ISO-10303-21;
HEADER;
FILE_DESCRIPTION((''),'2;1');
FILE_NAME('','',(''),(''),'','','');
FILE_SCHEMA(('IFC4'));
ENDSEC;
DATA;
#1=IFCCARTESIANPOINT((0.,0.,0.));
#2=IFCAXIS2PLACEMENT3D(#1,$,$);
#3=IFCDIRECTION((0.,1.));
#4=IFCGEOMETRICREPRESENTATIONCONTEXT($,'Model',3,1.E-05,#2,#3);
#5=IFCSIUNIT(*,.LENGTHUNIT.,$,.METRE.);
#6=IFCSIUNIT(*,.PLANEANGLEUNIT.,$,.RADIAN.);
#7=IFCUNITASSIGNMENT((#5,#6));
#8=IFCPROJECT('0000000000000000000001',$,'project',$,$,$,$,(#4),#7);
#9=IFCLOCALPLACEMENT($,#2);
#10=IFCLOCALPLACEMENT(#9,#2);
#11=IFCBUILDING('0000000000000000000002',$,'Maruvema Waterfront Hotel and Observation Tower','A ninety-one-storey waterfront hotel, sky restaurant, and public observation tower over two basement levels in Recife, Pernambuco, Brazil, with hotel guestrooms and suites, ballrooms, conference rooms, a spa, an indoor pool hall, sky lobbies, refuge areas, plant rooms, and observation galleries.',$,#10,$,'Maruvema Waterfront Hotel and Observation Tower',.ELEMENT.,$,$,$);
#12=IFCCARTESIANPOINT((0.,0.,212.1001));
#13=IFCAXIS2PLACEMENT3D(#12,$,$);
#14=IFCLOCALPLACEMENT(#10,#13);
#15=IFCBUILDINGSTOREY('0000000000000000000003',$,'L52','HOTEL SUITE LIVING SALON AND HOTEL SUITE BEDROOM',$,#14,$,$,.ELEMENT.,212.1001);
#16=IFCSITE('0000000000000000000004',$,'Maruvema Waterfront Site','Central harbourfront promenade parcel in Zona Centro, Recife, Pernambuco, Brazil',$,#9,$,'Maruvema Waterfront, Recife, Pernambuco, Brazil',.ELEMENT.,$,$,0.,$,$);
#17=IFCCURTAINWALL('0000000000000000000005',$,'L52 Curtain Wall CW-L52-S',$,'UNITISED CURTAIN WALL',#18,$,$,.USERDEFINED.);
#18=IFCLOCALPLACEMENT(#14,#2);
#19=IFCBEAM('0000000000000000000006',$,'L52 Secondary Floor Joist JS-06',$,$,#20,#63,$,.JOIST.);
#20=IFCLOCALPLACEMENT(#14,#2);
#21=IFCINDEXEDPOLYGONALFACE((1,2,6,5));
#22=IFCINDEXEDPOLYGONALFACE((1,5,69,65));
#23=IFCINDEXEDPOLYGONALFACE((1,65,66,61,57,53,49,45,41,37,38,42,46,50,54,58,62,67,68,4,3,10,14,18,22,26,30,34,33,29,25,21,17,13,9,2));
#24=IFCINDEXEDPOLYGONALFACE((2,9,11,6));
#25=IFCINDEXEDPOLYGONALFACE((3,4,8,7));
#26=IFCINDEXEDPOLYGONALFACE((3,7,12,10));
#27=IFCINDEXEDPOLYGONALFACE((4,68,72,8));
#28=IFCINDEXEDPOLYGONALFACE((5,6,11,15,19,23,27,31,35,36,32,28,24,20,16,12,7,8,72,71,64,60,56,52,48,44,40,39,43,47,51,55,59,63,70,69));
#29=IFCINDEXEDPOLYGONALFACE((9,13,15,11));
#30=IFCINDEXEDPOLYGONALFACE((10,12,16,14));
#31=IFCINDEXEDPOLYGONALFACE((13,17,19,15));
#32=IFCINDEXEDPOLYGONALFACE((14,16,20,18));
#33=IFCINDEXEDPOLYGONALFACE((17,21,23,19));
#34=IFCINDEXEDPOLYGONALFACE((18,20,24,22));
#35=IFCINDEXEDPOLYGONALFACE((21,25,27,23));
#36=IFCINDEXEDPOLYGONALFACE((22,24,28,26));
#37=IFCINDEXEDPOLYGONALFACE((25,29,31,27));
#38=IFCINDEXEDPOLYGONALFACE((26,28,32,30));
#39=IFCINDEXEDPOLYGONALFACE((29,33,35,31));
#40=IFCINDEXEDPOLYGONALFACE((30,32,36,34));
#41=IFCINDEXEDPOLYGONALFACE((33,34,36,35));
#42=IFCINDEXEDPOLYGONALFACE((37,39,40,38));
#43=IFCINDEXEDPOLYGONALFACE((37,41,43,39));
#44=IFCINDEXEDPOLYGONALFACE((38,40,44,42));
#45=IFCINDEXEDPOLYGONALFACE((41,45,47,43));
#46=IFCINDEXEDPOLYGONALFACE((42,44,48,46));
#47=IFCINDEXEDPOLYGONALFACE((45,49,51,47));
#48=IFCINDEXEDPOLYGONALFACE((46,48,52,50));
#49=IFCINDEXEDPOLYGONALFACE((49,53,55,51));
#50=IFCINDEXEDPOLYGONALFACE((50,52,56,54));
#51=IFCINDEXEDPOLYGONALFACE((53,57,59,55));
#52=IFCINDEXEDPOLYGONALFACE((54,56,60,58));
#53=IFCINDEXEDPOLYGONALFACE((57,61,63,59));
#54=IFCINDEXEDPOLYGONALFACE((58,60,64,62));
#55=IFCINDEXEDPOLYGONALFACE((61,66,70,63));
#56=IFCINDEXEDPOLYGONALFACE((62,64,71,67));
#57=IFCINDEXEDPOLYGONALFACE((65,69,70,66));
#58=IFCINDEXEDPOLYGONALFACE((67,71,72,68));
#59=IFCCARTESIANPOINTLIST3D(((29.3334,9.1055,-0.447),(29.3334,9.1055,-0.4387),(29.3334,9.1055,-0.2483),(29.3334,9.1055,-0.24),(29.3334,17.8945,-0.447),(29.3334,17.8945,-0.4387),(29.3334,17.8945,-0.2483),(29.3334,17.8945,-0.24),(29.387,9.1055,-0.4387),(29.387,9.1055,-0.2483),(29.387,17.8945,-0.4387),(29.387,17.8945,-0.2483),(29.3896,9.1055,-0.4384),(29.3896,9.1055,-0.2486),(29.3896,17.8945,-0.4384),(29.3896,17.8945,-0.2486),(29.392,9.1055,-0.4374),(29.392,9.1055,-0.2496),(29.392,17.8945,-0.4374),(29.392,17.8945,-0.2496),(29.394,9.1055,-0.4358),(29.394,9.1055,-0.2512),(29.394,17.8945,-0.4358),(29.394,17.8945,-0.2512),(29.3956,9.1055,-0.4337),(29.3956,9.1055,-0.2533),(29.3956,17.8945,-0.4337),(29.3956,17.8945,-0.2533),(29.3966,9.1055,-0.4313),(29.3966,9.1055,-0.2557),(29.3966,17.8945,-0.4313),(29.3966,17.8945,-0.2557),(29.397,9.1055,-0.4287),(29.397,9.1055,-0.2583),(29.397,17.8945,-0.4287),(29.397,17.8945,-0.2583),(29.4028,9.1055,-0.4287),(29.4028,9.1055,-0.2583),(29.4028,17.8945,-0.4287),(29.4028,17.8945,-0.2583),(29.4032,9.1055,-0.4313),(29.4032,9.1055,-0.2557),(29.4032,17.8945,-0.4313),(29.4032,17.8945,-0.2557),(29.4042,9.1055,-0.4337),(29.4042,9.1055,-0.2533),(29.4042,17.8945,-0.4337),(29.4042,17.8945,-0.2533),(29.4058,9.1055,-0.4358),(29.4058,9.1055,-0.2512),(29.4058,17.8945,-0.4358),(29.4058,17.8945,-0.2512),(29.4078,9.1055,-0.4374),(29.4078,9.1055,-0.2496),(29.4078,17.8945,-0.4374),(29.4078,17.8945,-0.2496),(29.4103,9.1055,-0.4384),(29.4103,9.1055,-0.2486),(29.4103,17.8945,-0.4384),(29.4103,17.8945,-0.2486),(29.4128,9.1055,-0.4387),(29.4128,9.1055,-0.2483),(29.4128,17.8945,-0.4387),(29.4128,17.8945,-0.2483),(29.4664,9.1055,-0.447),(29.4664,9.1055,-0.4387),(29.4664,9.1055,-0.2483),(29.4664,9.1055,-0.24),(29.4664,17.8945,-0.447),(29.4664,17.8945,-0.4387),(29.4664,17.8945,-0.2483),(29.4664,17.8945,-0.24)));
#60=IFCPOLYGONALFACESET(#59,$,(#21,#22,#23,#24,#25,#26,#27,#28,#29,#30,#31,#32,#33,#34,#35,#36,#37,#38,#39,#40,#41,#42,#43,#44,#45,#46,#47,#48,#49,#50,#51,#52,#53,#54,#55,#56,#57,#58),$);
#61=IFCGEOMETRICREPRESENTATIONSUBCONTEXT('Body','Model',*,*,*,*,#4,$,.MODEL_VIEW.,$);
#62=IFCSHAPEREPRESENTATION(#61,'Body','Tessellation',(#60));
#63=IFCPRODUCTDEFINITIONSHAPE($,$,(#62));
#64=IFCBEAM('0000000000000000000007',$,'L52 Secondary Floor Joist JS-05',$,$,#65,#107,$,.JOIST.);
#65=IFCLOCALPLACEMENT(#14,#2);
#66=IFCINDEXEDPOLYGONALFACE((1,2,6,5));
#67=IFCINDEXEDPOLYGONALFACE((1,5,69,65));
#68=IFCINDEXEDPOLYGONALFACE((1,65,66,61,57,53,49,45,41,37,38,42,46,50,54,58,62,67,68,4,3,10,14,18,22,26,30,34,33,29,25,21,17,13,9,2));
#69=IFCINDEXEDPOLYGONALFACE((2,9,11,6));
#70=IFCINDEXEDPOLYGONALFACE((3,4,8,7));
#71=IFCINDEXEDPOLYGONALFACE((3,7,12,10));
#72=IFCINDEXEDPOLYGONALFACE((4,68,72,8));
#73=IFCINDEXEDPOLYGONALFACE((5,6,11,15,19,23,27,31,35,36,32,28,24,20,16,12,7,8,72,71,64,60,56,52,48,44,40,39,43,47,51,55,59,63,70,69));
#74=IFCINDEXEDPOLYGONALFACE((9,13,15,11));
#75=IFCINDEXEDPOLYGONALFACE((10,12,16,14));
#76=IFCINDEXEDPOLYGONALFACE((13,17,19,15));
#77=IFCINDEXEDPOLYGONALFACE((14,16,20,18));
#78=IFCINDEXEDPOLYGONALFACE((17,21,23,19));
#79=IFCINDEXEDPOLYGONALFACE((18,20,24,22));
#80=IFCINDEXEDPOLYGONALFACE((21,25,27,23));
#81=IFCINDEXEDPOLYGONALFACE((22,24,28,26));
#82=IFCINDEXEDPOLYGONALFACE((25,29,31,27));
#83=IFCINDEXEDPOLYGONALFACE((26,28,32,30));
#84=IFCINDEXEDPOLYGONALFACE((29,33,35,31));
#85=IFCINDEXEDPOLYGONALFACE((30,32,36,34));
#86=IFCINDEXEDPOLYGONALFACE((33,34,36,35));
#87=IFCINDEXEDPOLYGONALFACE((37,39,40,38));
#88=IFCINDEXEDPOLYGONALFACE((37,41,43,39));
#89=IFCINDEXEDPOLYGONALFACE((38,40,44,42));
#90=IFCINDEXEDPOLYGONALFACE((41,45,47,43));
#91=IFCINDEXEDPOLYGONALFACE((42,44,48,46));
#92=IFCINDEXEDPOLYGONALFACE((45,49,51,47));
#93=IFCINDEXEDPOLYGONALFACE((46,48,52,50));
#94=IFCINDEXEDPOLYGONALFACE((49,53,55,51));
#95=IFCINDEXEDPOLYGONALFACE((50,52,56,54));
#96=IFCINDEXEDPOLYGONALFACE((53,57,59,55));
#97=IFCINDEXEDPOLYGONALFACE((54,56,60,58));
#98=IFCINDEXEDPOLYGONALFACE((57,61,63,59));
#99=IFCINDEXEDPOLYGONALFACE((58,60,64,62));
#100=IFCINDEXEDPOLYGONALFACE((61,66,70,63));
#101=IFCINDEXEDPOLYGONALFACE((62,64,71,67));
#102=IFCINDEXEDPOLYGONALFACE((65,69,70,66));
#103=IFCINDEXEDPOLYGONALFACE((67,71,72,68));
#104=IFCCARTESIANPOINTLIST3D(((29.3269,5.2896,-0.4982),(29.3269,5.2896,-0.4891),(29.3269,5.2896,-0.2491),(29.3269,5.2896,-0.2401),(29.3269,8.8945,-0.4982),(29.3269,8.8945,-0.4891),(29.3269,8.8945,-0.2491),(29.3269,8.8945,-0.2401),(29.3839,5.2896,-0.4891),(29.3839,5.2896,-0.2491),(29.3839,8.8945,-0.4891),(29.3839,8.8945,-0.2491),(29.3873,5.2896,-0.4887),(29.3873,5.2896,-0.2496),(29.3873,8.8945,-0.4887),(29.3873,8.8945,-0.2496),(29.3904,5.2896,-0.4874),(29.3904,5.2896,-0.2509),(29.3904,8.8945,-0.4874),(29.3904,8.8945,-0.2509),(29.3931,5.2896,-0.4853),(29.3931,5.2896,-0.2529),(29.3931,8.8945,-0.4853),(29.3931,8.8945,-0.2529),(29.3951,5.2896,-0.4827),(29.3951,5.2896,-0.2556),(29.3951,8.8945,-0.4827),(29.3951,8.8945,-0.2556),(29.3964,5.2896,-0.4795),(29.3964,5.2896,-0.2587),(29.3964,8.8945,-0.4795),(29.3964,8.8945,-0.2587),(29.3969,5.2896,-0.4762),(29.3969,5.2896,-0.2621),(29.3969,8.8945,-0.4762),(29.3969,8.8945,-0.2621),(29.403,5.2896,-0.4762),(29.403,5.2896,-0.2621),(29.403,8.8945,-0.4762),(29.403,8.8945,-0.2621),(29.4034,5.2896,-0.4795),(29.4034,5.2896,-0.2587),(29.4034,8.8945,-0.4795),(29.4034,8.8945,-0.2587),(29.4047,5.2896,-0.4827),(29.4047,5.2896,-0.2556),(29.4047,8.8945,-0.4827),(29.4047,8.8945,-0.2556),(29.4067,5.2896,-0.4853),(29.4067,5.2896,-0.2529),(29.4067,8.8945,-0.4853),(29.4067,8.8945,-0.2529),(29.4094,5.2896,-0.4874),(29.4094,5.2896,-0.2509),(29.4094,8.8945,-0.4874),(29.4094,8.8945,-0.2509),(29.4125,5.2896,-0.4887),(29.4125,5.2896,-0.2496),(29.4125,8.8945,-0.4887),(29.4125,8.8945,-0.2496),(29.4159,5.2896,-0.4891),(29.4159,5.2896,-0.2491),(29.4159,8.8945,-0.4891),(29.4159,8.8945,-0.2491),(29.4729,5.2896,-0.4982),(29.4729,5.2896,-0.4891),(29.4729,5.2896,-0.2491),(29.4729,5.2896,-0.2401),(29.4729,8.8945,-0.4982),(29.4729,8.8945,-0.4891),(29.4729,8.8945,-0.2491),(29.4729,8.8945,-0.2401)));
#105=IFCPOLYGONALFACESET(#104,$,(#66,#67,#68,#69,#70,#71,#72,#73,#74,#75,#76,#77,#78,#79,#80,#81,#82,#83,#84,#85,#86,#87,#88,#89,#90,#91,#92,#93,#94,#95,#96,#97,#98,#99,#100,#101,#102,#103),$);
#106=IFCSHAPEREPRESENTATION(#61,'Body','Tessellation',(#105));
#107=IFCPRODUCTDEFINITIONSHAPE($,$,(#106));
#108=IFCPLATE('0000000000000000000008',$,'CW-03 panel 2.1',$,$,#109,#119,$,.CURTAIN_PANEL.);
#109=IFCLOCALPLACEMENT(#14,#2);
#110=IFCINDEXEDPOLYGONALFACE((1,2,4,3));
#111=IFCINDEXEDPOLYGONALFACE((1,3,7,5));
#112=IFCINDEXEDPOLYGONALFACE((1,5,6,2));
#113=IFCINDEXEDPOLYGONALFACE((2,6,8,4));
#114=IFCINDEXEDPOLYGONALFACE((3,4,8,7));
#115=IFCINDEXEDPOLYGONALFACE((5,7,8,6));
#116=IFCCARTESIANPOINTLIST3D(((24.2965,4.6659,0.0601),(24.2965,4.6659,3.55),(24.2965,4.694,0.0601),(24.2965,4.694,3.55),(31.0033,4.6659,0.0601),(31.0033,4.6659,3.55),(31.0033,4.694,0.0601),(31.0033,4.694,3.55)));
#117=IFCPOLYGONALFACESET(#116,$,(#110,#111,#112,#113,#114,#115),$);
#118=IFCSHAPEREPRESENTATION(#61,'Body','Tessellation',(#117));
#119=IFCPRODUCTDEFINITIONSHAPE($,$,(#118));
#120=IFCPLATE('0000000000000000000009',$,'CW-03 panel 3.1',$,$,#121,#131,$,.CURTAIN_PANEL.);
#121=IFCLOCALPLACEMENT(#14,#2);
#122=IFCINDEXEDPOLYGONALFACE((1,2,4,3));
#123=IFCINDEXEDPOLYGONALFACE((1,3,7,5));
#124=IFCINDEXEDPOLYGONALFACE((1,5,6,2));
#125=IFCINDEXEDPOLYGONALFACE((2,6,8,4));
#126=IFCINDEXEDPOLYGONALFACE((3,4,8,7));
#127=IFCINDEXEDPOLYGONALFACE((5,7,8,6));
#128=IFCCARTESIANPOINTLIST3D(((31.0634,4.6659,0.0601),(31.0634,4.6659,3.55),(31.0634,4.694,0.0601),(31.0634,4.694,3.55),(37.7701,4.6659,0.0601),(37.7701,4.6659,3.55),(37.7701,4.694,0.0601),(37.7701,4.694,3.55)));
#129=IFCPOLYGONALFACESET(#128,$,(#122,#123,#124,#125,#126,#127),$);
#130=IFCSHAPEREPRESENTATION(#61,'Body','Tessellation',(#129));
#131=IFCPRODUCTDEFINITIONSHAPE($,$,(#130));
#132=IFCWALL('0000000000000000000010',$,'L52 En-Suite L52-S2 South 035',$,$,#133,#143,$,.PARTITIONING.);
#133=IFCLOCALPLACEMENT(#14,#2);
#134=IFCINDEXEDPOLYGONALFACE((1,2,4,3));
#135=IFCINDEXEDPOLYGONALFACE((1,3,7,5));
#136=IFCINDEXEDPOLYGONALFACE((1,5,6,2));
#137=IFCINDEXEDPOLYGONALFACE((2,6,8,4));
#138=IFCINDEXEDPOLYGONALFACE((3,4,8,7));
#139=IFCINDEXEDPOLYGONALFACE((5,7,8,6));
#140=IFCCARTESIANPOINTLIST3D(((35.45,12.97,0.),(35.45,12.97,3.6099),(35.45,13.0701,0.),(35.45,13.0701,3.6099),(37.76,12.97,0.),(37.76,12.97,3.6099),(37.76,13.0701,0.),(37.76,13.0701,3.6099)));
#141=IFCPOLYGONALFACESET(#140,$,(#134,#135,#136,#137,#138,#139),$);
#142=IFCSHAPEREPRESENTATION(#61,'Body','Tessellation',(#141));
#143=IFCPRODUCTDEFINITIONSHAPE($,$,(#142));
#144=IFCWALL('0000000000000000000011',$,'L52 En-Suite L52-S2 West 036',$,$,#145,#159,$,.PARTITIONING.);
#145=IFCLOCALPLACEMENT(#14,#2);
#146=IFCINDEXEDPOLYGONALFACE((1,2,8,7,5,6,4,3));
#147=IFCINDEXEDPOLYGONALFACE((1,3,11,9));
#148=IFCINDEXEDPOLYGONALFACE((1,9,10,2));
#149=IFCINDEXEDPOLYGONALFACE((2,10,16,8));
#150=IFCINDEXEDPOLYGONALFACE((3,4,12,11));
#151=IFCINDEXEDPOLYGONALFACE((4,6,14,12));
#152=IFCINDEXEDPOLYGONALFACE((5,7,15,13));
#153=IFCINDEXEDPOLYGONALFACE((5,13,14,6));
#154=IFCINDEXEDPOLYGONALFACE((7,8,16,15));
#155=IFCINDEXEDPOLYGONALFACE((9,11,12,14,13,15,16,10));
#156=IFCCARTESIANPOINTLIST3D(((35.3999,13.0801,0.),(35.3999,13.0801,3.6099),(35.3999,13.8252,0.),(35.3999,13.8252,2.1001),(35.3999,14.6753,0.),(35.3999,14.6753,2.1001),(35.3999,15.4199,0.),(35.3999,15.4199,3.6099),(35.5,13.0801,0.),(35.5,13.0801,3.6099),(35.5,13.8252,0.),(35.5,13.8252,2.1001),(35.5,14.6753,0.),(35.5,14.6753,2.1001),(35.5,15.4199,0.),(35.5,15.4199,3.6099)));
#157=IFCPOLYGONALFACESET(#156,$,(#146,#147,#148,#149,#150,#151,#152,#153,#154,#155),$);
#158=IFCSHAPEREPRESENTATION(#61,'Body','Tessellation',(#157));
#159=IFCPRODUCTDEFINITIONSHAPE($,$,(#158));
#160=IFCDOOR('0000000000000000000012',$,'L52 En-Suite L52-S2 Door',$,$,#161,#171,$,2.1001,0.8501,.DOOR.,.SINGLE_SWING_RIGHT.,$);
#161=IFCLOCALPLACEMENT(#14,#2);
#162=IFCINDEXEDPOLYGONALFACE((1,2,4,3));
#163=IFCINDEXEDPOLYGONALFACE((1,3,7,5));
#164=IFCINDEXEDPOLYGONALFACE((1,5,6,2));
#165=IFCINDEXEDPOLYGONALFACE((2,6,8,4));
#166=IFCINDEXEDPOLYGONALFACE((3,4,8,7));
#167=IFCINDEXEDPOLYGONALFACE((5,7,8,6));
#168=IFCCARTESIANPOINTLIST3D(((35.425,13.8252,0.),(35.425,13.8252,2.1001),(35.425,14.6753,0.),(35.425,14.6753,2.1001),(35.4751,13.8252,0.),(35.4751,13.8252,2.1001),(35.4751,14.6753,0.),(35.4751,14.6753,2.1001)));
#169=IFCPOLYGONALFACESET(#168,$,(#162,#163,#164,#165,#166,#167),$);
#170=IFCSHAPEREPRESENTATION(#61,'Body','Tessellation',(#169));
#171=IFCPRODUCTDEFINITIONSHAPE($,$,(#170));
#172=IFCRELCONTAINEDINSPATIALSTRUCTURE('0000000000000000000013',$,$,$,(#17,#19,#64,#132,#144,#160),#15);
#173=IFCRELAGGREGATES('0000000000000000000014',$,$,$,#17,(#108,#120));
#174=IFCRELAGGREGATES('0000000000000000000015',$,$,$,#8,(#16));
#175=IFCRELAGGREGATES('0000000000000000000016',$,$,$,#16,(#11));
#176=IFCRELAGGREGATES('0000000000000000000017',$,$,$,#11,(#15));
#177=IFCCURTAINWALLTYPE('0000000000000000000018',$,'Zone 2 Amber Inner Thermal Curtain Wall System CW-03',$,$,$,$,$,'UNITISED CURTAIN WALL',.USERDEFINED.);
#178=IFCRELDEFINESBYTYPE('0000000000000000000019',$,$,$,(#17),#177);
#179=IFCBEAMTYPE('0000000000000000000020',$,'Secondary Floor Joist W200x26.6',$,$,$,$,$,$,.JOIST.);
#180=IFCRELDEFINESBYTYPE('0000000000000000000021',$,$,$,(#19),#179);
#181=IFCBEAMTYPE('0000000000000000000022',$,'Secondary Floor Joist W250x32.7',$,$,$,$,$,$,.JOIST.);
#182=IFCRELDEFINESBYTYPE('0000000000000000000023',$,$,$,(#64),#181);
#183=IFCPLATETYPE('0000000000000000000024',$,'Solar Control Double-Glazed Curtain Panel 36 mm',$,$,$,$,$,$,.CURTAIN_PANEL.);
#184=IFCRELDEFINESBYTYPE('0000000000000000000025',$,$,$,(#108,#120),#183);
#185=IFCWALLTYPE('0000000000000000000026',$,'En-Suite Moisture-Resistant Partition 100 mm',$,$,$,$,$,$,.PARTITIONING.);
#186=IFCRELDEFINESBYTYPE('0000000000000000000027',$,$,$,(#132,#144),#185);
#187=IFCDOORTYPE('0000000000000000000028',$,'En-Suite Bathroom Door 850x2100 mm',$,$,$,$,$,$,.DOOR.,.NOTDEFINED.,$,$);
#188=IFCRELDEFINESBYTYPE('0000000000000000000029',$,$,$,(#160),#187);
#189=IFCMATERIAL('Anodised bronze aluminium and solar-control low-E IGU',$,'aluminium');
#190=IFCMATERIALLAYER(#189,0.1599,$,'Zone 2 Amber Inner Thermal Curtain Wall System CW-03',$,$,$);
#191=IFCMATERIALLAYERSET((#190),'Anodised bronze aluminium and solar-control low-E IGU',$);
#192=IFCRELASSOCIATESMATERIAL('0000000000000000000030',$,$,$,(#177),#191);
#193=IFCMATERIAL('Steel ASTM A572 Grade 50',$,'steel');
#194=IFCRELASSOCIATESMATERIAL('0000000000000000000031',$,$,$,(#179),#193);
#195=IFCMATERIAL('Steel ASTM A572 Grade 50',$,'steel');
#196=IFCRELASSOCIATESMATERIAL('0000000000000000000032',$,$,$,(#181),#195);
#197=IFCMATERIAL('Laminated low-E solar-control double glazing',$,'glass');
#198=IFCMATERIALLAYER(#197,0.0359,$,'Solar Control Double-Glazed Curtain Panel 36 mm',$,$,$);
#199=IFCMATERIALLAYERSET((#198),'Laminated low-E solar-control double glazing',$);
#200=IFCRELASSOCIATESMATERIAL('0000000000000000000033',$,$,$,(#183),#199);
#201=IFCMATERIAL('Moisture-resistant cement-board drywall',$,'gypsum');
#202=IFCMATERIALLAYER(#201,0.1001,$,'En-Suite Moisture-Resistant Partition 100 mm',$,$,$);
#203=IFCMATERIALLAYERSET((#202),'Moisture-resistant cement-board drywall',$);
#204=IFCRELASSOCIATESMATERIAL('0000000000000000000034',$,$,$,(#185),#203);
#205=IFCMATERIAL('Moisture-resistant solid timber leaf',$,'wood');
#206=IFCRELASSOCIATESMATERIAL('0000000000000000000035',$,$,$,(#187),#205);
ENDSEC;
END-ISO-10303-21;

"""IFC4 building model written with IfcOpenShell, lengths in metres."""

from ifc_helpers import new_model, si_unit, direction, frame, frame_2d, origin, origin_2d, place, context, subcontext, project, spatial, rectangle, i_section, extrude, material, layer, layer_set, material_profile, profile_set, type_object, element, fill, aggregate, save


model = new_model("IFC4")

# Units and contexts
model_context = context("Model", 3, precision=1e-05, world=origin(), true_north=direction((0.0, 1.0)))
body_context = subcontext(model_context, "Body", "Model", "MODEL_VIEW")
ifc_project = project(units=[si_unit("LENGTHUNIT", "METRE"), si_unit("PLANEANGLEUNIT", "RADIAN")], contexts=[model_context])

# Site, building, storey
site_placement = place(None, origin())
site = spatial("IfcSite", under=ifc_project, at=site_placement, Name="Maruvema Waterfront Site", Description="Central harbourfront promenade parcel in Zona Centro, Recife, Pernambuco, Brazil", LongName="Maruvema Waterfront, Recife, Pernambuco, Brazil", CompositionType="ELEMENT", RefElevation=0.0)
building_placement = place(site_placement, origin())
building = spatial("IfcBuilding", under=site, at=building_placement, Name="Maruvema Waterfront Hotel and Observation Tower", Description="A ninety-one-storey waterfront hotel, sky restaurant, and public observation tower over two basement levels in Recife, Pernambuco, Brazil, with hotel guestrooms and suites, ballrooms, conference rooms, a spa, an indoor pool hall, sky lobbies, refuge areas, plant rooms, and observation galleries.", LongName="Maruvema Waterfront Hotel and Observation Tower", CompositionType="ELEMENT")
storey_placement = place(building_placement, frame((0.0, 0.0, 212.1001)))
storey = spatial("IfcBuildingStorey", under=building, at=storey_placement, Name="L52", Description="HOTEL SUITE LIVING SALON AND HOTEL SUITE BEDROOM", CompositionType="ELEMENT", Elevation=212.1001)

# Curtain wall
ifc_material_1 = material(Name="Anodised bronze aluminium and solar-control low-E IGU", Category="aluminium")
ifc_layer_1 = layer(ifc_material_1, 0.1599, Name="Zone 2 Amber Inner Thermal Curtain Wall System CW-03")
ifc_layer_set_1 = layer_set([ifc_layer_1], Name="Anodised bronze aluminium and solar-control low-E IGU")
curtain_wall_type = type_object("IfcCurtainWallType", Name="Zone 2 Amber Inner Thermal Curtain Wall System CW-03", ElementType="UNITISED CURTAIN WALL", PredefinedType="USERDEFINED", material=ifc_layer_set_1)
curtain_wall_placement = place(storey_placement, origin())
curtain_wall = element("IfcCurtainWall", 1, at=curtain_wall_placement, inside=storey, type_object=curtain_wall_type, Name="L52 Curtain Wall CW-L52-S", ObjectType="UNITISED CURTAIN WALL", PredefinedType="USERDEFINED")

# Beams
ifc_material_2 = material(Name="Steel ASTM A572 Grade 50", Category="steel")
ifc_material_profile_1 = material_profile(ifc_material_2, i_section(OverallWidth=0.1331, OverallDepth=0.207, WebThickness=0.0059, FlangeThickness=0.0083, FilletRadius=0.01, at=origin_2d()), Name="W200x26.6")
ifc_profile_set_1 = profile_set([ifc_material_profile_1], Name="Steel ASTM A572 Grade 50")
beam_type_1 = type_object("IfcBeamType", Name="Secondary Floor Joist W200x26.6", PredefinedType="JOIST", material=ifc_profile_set_1)
beam_1_placement = place(storey_placement, frame((29.3999, 9.1055, -0.3435), z_axis=(0.0, 1.0, 0.0), x_axis=(-1.0, 0.0, 0.0)))
element("IfcBeam", 2, at=beam_1_placement, inside=storey, type_object=beam_type_1, Name="L52 Secondary Floor Joist JS-06", PredefinedType="JOIST", context=body_context, shape_type="SweptSolid", body=[
    extrude(i_section(OverallWidth=0.1331, OverallDepth=0.207, WebThickness=0.0059, FlangeThickness=0.0083, FilletRadius=0.01, at=origin_2d()), origin(), (0.0, 0.0, 1.0), 8.7891),
])
ifc_material_3 = material(Name="Steel ASTM A572 Grade 50", Category="steel")
ifc_material_profile_2 = material_profile(ifc_material_3, i_section(OverallWidth=0.146, OverallDepth=0.2581, WebThickness=0.0061, FlangeThickness=0.009, FilletRadius=0.0129, at=origin_2d()), Name="W250x32.7")
ifc_profile_set_2 = profile_set([ifc_material_profile_2], Name="Steel ASTM A572 Grade 50")
beam_type_2 = type_object("IfcBeamType", Name="Secondary Floor Joist W250x32.7", PredefinedType="JOIST", material=ifc_profile_set_2)
beam_2_placement = place(storey_placement, frame((29.3999, 5.2896, -0.3691), z_axis=(0.0, 1.0, 0.0), x_axis=(-1.0, 0.0, 0.0)))
element("IfcBeam", 3, at=beam_2_placement, inside=storey, type_object=beam_type_2, Name="L52 Secondary Floor Joist JS-05", PredefinedType="JOIST", context=body_context, shape_type="SweptSolid", body=[
    extrude(i_section(OverallWidth=0.146, OverallDepth=0.2581, WebThickness=0.0061, FlangeThickness=0.009, FilletRadius=0.0129, at=origin_2d()), origin(), (0.0, 0.0, 1.0), 3.605),
])

# Plates
ifc_material_4 = material(Name="Laminated low-E solar-control double glazing", Category="glass")
ifc_layer_2 = layer(ifc_material_4, 0.0359, Name="Solar Control Double-Glazed Curtain Panel 36 mm")
ifc_layer_set_2 = layer_set([ifc_layer_2], Name="Laminated low-E solar-control double glazing")
plate_type = type_object("IfcPlateType", Name="Solar Control Double-Glazed Curtain Panel 36 mm", PredefinedType="CURTAIN_PANEL", material=ifc_layer_set_2)
plate_1_placement = place(storey_placement, frame((27.6499, 4.6799, 0.0601), z_axis=(0.0, 0.0, 1.0), x_axis=(1.0, 0.0, 0.0)))
plate_1 = element("IfcPlate", 4, at=plate_1_placement, type_object=plate_type, Name="CW-03 panel 2.1", PredefinedType="CURTAIN_PANEL", context=body_context, shape_type="SweptSolid", body=[
    extrude(rectangle(XDim=6.7068, YDim=0.0281, at=origin_2d()), origin(), (0.0, 0.0, 1.0), 3.49),
])
plate_2_placement = place(storey_placement, frame((34.4167, 4.6799, 0.0601), z_axis=(0.0, 0.0, 1.0), x_axis=(1.0, 0.0, 0.0)))
plate_2 = element("IfcPlate", 5, at=plate_2_placement, type_object=plate_type, Name="CW-03 panel 3.1", PredefinedType="CURTAIN_PANEL", context=body_context, shape_type="SweptSolid", body=[
    extrude(rectangle(XDim=6.7068, YDim=0.0281, at=origin_2d()), origin(), (0.0, 0.0, 1.0), 3.49),
])
aggregate(curtain_wall, [plate_1, plate_2])

# Wall
ifc_material_5 = material(Name="Moisture-resistant cement-board drywall", Category="gypsum")
ifc_layer_3 = layer(ifc_material_5, 0.1001, Name="En-Suite Moisture-Resistant Partition 100 mm")
ifc_layer_set_3 = layer_set([ifc_layer_3], Name="Moisture-resistant cement-board drywall")
wall_type_1 = type_object("IfcWallType", Name="En-Suite Moisture-Resistant Partition 100 mm", PredefinedType="PARTITIONING", material=ifc_layer_set_3)
wall_1_placement = place(storey_placement, frame((35.45, 13.02, 0.0), z_axis=(0.0, 0.0, 1.0), x_axis=(1.0, 0.0, 0.0)))
element("IfcWall", 6, at=wall_1_placement, inside=storey, type_object=wall_type_1, Name="L52 En-Suite L52-S2 South 035", PredefinedType="PARTITIONING", context=body_context, shape_type="SweptSolid", body=[
    extrude(rectangle(XDim=2.3101, YDim=0.1001, at=frame_2d((1.155, 0.0))), origin(), (0.0, 0.0, 1.0), 3.6099),
])

# Wall, opening, door
wall_2_placement = place(storey_placement, frame((35.45, 13.0801, 0.0), z_axis=(0.0, 0.0, 1.0), x_axis=(0.0, 1.0, 0.0)))
wall_2 = element("IfcWall", 7, at=wall_2_placement, inside=storey, type_object=wall_type_1, Name="L52 En-Suite L52-S2 West 036", PredefinedType="PARTITIONING", context=body_context, shape_type="SweptSolid", body=[
    extrude(rectangle(XDim=2.3398, YDim=0.1001, at=frame_2d((1.1699, 0.0))), origin(), (0.0, 0.0, 1.0), 3.6099),
])
opening_1_placement = place(wall_2_placement, frame((0.7451, 0.0, 0.0)))
opening_1 = element("IfcOpeningElement", 8, at=opening_1_placement, cuts=wall_2, PredefinedType="OPENING", context=body_context, shape_type="SweptSolid", body=[
    extrude(rectangle(XDim=0.8501, YDim=2.1001, at=frame_2d((0.425, 1.05))), frame((0.0, 0.0601, 0.0), z_axis=(0.0, -1.0, 0.0), x_axis=(1.0, 0.0, 0.0)), (0.0, 0.0, 1.0), 0.1201),
])
ifc_material_6 = material(Name="Moisture-resistant solid timber leaf", Category="wood")
door_type_1 = type_object("IfcDoorType", Name="En-Suite Bathroom Door 850x2100 mm", OperationType="NOTDEFINED", PredefinedType="DOOR", material=ifc_material_6)
door_1_placement = place(opening_1_placement, origin())
door_1 = element("IfcDoor", 9, at=door_1_placement, inside=storey, type_object=door_type_1, Name="L52 En-Suite L52-S2 Door", OperationType="SINGLE_SWING_RIGHT", OverallHeight=2.1001, OverallWidth=0.8501, PredefinedType="DOOR", context=body_context, shape_type="SweptSolid", body=[
    extrude(rectangle(XDim=0.8501, YDim=2.1001, at=frame_2d((0.425, 1.05))), frame((0.0, 0.0249, 0.0), z_axis=(0.0, -1.0, 0.0), x_axis=(1.0, 0.0, 0.0)), (0.0, 0.0, 1.0), 0.05),
])
fill(opening_1, door_1)

save(model, "model.ifc")
